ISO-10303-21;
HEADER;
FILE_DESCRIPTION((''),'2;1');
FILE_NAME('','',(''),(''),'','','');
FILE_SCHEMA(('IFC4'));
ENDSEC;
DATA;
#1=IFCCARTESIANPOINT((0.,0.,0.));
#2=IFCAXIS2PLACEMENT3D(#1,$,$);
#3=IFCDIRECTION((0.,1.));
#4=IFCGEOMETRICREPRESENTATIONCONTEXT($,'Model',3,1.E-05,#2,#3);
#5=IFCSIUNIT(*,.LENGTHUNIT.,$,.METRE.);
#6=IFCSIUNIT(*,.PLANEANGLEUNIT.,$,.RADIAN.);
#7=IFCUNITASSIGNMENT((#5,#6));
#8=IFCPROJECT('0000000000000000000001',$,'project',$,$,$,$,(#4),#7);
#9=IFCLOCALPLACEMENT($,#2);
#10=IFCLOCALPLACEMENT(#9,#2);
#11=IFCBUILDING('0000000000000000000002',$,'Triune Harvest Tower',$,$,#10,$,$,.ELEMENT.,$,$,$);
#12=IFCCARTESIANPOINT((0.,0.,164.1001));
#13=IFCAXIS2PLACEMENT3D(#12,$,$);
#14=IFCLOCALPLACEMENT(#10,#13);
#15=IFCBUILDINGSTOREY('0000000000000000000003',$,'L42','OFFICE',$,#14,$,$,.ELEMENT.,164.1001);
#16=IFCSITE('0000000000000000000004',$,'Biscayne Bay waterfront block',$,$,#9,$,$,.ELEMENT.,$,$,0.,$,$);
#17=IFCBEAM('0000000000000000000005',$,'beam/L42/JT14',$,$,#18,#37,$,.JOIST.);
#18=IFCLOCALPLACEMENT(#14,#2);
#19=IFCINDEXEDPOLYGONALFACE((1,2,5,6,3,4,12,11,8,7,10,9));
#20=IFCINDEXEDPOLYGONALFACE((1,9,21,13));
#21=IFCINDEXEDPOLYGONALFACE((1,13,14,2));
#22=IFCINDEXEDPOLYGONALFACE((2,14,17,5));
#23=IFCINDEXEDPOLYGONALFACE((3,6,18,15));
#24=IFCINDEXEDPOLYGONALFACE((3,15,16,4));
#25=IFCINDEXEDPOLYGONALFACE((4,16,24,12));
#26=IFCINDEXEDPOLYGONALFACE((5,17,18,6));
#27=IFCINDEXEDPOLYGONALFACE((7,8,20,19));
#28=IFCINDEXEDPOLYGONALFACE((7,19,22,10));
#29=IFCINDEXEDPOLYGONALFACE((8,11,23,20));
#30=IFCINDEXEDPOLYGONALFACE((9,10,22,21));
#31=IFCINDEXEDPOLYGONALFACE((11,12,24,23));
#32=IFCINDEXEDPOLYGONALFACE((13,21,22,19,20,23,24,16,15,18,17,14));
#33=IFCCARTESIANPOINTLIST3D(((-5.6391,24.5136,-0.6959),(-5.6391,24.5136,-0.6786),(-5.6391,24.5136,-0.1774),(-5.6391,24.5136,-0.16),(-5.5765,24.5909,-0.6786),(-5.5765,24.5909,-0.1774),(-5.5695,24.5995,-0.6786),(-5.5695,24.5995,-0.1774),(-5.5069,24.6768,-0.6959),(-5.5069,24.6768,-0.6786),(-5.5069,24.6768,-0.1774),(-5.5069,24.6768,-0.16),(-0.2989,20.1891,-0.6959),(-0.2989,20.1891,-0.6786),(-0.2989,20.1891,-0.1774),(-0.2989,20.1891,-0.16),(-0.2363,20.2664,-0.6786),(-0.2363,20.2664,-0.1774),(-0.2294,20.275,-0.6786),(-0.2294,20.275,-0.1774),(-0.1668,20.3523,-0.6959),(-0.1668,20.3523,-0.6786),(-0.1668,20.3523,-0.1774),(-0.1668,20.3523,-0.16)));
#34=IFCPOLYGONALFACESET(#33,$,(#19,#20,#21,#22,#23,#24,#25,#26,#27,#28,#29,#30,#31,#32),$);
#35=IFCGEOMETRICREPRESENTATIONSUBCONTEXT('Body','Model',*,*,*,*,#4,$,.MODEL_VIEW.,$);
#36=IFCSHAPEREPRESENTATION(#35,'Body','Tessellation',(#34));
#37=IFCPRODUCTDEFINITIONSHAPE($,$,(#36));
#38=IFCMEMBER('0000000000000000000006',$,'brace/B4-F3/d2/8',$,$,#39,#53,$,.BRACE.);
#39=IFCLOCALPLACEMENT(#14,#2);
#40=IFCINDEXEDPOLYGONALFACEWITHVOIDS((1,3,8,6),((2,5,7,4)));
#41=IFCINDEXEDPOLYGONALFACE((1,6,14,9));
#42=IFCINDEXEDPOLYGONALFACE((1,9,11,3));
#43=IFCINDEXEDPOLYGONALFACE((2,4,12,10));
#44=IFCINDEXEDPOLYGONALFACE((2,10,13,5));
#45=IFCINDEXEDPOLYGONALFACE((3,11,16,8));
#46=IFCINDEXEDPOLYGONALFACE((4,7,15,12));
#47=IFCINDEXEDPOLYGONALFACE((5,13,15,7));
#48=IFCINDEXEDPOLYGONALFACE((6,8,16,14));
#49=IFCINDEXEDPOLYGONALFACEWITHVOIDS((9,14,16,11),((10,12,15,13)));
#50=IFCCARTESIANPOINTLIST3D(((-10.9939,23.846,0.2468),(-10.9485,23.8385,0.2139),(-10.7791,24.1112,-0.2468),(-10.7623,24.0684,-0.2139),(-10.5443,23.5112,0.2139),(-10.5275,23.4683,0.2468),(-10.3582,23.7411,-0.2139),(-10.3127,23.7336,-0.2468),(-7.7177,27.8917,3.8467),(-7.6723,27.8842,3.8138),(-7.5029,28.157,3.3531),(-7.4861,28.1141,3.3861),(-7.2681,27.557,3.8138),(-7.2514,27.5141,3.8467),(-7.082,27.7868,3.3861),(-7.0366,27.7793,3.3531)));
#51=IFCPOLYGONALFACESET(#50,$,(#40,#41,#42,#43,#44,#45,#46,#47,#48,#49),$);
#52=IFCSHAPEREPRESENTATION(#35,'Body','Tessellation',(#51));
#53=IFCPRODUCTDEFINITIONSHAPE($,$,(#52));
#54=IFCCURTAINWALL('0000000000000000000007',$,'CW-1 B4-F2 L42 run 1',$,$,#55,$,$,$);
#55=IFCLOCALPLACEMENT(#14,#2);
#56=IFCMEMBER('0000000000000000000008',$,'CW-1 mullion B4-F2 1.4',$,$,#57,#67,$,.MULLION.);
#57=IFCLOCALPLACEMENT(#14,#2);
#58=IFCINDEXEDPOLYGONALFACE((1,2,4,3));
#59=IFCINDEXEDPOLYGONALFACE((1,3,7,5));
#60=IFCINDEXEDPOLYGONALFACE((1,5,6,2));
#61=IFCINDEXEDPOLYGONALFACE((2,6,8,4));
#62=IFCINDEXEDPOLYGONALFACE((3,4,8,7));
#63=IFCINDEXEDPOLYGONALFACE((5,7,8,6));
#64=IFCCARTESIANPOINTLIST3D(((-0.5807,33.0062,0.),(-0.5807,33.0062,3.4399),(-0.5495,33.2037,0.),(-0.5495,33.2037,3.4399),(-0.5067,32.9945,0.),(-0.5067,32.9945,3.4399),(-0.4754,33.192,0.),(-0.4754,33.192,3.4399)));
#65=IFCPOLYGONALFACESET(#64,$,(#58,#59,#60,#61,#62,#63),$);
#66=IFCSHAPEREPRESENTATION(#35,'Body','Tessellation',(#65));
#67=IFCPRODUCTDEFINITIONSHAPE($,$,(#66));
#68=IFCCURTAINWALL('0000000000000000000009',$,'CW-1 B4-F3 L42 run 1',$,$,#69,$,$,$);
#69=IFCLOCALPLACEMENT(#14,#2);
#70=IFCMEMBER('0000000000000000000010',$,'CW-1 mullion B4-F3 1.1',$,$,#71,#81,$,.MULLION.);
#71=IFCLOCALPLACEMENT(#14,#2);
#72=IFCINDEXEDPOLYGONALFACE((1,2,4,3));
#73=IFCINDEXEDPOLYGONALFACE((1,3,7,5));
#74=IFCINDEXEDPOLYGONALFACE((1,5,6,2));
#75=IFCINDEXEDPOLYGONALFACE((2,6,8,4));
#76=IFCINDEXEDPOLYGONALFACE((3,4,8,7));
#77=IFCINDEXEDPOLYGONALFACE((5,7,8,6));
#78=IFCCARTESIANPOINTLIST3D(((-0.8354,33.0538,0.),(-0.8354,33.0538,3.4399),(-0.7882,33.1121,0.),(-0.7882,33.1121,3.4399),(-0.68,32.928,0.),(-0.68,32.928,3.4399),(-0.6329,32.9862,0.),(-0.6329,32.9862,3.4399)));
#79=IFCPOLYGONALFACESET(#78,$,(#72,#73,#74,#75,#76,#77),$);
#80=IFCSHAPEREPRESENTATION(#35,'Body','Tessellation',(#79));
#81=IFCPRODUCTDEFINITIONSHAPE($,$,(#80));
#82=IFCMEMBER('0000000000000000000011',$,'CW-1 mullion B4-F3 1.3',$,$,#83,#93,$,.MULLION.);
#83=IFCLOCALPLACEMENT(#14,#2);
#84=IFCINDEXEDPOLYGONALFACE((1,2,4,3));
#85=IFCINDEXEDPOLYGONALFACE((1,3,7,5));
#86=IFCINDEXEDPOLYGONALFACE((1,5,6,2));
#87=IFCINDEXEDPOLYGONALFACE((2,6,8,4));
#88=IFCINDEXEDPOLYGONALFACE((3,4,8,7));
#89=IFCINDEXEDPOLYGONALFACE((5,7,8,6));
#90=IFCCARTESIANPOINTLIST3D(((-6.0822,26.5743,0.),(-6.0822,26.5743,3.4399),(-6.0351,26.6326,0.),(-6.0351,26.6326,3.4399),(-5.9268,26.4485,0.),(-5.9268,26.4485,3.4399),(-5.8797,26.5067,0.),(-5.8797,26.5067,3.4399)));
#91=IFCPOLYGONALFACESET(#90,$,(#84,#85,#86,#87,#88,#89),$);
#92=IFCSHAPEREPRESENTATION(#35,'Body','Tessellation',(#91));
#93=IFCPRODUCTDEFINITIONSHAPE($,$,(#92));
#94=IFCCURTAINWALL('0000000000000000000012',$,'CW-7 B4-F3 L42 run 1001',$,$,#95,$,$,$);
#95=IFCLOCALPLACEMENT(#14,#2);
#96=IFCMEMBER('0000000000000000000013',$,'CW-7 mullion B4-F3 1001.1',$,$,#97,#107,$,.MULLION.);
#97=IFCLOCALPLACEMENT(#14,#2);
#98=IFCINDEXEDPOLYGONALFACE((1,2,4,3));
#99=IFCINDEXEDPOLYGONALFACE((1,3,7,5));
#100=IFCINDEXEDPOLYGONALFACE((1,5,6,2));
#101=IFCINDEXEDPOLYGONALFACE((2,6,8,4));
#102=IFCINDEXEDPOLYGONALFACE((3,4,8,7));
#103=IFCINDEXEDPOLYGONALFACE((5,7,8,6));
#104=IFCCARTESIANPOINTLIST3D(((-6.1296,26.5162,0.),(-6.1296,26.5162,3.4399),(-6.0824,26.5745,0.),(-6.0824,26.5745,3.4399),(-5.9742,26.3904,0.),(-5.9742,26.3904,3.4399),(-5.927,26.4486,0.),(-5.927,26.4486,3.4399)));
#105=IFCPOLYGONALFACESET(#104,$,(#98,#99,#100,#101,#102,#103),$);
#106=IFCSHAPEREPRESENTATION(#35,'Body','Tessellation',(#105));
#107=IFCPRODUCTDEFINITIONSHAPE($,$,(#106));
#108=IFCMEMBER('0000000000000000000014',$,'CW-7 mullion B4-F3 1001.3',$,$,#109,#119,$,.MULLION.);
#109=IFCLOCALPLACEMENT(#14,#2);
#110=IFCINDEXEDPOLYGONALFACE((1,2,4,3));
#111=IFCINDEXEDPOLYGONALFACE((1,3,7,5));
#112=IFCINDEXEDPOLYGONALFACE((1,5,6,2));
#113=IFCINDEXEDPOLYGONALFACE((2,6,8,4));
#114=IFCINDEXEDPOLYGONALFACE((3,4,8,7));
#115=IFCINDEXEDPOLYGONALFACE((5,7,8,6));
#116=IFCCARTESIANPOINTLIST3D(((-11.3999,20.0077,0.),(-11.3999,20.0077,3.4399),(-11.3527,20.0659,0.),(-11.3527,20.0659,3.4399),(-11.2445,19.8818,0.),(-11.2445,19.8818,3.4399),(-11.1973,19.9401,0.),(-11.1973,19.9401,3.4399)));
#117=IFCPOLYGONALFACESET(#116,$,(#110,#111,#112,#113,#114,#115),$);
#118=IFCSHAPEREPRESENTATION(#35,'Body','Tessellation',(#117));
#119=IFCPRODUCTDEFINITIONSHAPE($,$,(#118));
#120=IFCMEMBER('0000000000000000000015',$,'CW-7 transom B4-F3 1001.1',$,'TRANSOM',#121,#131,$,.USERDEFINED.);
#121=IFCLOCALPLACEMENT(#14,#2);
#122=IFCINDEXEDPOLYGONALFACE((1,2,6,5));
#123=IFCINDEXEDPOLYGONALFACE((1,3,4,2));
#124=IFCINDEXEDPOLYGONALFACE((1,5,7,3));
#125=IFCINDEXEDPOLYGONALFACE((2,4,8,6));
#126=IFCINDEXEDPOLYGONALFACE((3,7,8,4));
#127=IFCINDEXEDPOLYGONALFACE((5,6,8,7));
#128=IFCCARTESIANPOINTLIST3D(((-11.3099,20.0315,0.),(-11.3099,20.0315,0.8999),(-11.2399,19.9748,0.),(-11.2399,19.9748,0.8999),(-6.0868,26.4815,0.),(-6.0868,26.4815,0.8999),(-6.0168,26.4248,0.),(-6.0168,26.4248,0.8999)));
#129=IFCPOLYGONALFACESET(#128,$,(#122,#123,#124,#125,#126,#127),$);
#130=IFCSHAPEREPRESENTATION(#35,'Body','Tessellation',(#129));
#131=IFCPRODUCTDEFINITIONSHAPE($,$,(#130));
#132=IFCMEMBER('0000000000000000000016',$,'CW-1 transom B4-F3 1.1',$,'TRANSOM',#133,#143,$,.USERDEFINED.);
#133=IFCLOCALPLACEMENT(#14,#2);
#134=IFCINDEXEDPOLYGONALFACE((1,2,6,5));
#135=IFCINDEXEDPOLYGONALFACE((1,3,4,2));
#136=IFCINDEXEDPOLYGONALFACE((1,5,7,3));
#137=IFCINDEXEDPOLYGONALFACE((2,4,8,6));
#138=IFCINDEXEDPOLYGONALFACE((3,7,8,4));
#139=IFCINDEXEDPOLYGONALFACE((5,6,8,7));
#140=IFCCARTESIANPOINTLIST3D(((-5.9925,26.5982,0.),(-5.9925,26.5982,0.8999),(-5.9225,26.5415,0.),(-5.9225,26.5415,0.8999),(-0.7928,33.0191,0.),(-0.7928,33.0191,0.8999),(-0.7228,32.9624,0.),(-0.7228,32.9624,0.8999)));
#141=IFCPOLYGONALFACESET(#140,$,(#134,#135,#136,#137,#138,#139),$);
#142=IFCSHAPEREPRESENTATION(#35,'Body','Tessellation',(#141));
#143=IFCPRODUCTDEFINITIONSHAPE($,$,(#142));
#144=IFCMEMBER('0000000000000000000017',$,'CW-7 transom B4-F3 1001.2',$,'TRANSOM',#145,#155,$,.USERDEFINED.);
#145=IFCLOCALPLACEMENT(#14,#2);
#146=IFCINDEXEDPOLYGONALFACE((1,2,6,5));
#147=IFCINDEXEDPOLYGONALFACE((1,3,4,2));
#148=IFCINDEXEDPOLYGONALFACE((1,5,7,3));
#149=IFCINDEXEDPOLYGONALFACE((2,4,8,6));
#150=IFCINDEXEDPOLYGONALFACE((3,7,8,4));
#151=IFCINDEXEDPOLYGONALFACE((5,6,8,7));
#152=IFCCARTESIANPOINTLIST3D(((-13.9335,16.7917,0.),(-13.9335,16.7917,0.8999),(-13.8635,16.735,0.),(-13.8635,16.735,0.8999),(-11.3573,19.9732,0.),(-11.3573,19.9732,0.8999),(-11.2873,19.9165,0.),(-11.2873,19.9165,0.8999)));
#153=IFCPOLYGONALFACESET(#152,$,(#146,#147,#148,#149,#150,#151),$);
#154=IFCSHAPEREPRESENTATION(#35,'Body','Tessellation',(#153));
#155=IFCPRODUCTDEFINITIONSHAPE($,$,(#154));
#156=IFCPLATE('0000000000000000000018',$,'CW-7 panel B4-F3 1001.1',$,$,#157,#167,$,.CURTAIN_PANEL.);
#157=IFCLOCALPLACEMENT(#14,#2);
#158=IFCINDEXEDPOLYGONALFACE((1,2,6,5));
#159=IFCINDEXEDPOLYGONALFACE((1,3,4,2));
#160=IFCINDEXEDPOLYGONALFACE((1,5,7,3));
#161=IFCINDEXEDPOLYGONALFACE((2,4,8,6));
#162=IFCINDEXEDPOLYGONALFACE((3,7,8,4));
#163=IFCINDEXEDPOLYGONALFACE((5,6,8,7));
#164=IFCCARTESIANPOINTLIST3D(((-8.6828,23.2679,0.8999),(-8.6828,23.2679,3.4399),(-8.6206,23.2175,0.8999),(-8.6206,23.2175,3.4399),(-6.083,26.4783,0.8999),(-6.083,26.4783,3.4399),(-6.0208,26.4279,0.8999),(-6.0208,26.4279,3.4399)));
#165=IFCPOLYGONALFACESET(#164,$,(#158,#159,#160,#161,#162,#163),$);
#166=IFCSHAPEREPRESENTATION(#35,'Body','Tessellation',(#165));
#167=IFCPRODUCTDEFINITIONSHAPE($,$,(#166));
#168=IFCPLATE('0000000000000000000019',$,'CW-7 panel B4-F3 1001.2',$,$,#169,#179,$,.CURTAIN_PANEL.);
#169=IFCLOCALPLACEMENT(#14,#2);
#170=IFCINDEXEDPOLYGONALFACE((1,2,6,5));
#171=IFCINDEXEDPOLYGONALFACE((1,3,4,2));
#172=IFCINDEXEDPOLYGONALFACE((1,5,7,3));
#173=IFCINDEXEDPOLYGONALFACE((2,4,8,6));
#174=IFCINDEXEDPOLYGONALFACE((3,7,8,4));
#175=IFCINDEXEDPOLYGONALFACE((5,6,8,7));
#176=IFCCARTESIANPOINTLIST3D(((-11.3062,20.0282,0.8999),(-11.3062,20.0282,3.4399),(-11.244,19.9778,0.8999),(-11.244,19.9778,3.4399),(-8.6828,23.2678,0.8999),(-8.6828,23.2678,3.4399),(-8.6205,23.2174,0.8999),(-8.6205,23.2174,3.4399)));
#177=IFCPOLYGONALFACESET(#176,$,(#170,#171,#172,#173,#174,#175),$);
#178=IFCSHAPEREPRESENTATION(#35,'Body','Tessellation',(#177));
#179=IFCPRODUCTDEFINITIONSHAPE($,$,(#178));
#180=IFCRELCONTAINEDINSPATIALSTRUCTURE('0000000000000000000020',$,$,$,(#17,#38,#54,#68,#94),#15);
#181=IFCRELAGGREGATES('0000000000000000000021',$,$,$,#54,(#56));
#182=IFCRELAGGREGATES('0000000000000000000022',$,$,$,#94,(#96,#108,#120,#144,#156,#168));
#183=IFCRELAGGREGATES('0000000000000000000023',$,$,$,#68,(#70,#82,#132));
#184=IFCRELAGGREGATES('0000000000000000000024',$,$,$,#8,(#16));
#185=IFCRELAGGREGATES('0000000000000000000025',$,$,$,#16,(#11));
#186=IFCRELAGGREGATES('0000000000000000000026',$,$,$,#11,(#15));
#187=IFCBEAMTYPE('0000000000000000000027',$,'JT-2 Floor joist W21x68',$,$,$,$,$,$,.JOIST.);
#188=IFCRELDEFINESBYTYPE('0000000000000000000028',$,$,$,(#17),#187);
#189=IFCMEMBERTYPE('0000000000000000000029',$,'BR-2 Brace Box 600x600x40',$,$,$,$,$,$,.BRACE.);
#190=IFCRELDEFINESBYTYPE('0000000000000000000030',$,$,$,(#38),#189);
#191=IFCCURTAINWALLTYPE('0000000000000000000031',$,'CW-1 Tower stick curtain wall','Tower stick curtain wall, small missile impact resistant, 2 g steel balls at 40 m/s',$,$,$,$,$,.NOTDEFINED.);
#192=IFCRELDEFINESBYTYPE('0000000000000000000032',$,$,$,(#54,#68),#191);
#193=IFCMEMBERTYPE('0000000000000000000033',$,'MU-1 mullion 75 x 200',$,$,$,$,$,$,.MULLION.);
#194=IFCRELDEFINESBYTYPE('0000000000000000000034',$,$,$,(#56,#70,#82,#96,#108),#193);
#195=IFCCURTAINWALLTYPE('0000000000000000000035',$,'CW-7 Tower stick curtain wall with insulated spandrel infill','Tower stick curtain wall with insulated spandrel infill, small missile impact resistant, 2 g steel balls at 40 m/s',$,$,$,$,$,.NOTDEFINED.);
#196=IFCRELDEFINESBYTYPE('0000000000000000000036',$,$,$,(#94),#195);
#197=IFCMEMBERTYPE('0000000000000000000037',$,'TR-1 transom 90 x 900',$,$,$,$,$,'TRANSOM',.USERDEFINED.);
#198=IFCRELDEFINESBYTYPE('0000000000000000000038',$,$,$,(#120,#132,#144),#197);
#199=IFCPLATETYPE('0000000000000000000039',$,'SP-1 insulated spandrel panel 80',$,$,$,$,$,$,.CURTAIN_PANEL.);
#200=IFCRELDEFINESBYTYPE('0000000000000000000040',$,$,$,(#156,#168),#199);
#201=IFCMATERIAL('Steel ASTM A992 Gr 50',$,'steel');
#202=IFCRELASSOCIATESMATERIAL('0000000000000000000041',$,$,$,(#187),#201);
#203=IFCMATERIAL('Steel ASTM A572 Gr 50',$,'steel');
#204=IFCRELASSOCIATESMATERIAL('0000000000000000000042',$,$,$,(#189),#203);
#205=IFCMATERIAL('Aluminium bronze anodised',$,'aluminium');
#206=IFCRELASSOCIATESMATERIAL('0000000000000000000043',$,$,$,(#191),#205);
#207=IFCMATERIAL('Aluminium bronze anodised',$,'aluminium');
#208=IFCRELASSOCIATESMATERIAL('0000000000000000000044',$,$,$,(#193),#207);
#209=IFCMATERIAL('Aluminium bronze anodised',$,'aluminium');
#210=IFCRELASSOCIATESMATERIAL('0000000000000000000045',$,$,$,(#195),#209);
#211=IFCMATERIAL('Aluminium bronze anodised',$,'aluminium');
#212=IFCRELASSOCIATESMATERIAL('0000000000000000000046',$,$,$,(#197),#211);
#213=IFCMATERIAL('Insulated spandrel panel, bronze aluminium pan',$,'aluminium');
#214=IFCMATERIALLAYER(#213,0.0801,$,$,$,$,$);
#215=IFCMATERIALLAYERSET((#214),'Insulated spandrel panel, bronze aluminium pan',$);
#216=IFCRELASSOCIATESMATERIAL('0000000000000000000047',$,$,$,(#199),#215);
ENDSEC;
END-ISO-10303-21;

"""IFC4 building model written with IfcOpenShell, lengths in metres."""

from ifc_helpers import new_model, si_unit, direction, frame, origin, origin_2d, place, context, subcontext, project, spatial, rectangle, hollow_rectangle, i_section, extrude, source, transform, mapped, material, layer, layer_set, material_profile, profile_set, type_object, element, aggregate, save


model = new_model("IFC4")

# Units and contexts
model_context = context("Model", 3, precision=1e-05, world=origin(), true_north=direction((0.0, 1.0)))
body_context = subcontext(model_context, "Body", "Model", "MODEL_VIEW")
ifc_project = project(units=[si_unit("LENGTHUNIT", "METRE"), si_unit("PLANEANGLEUNIT", "RADIAN")], contexts=[model_context])

# Site, building, storey
site_placement = place(None, origin())
site = spatial("IfcSite", under=ifc_project, at=site_placement, Name="Biscayne Bay waterfront block", CompositionType="ELEMENT", RefElevation=0.0)
building_placement = place(site_placement, origin())
building = spatial("IfcBuilding", under=site, at=building_placement, Name="Triune Harvest Tower", CompositionType="ELEMENT")
storey_placement = place(building_placement, frame((0.0, 0.0, 164.1001)))
storey = spatial("IfcBuildingStorey", under=building, at=storey_placement, Name="L42", Description="OFFICE", CompositionType="ELEMENT", Elevation=164.1001)

# Beam
ifc_material_1 = material(Name="Steel ASTM A992 Gr 50", Category="steel")
ifc_material_profile_1 = material_profile(ifc_material_1, i_section(OverallWidth=0.21, OverallDepth=0.5359, WebThickness=0.011, FlangeThickness=0.0173, at=origin_2d()), Name="W21x68")
ifc_profile_set_1 = profile_set([ifc_material_profile_1], Name="Steel ASTM A992 Gr 50")
beam_type_1 = type_object("IfcBeamType", Name="JT-2 Floor joist W21x68", PredefinedType="JOIST", material=ifc_profile_set_1)
shared_shape_1 = source(origin(), body_context, "Body", "SweptSolid", [
    extrude(i_section(OverallWidth=0.21, OverallDepth=0.5359, WebThickness=0.011, FlangeThickness=0.0173, at=origin_2d()), origin(), (0.0, 0.0, 1.0), 6.8716),
])
beam_1_placement = place(storey_placement, frame((-5.573, 24.5952, -0.428), z_axis=(0.777136, -0.629333, 0.0), x_axis=(0.629333, 0.777136, 0.0)))
element("IfcBeam", 1, at=beam_1_placement, inside=storey, type_object=beam_type_1, Name="beam/L42/JT14", PredefinedType="JOIST", context=body_context, shape_type="MappedRepresentation", body=[
    mapped(shared_shape_1, transform((0.0, 0.0, 0.0), scale=1.0)),
])

# Member
ifc_material_2 = material(Name="Steel ASTM A572 Gr 50", Category="steel")
ifc_material_profile_2 = material_profile(ifc_material_2, hollow_rectangle(XDim=0.6001, YDim=0.6001, WallThickness=0.04, at=origin_2d()), Name="Box 600x600x40")
ifc_profile_set_2 = profile_set([ifc_material_profile_2], Name="Steel ASTM A572 Gr 50")
member_type_1 = type_object("IfcMemberType", Name="BR-2 Brace Box 600x600x40", PredefinedType="BRACE", material=ifc_profile_set_2)
shared_shape_2 = source(origin(), body_context, "Body", "SweptSolid", [
    extrude(hollow_rectangle(XDim=0.6001, YDim=0.6001, WallThickness=0.04, at=origin_2d()), origin(), (0.0, 0.0, 1.0), 6.3293),
])
member_1_placement = place(storey_placement, frame((-10.6533, 23.7898, 0.0), z_axis=(0.517617, 0.639201, 0.568766), x_axis=(-0.777144, 0.629322, 0.0)))
element("IfcMember", 2, at=member_1_placement, inside=storey, type_object=member_type_1, Name="brace/B4-F3/d2/8", PredefinedType="BRACE", context=body_context, shape_type="MappedRepresentation", body=[
    mapped(shared_shape_2, transform((0.0, 0.0, 0.0), scale=1.0)),
])

# Curtain wall, member
ifc_material_3 = material(Name="Aluminium bronze anodised", Category="aluminium")
curtain_wall_type_1 = type_object("IfcCurtainWallType", Name="CW-1 Tower stick curtain wall", Description="Tower stick curtain wall, small missile impact resistant, 2 g steel balls at 40 m/s", PredefinedType="NOTDEFINED", material=ifc_material_3)
curtain_wall_1_placement = place(storey_placement, origin())
curtain_wall_1 = element("IfcCurtainWall", 3, at=curtain_wall_1_placement, inside=storey, type_object=curtain_wall_type_1, Name="CW-1 B4-F2 L42 run 1")
ifc_material_4 = material(Name="Aluminium bronze anodised", Category="aluminium")
ifc_material_profile_3 = material_profile(ifc_material_4, rectangle(XDim=0.2, YDim=0.075, at=origin_2d()), Name="MU-1 mullion 75 x 200")
ifc_profile_set_3 = profile_set([ifc_material_profile_3], Name="Aluminium bronze anodised")
member_type_2 = type_object("IfcMemberType", Name="MU-1 mullion 75 x 200", PredefinedType="MULLION", material=ifc_profile_set_3)
shared_shape_3 = source(origin(), body_context, "Body", "SweptSolid", [
    extrude(rectangle(XDim=0.2, YDim=0.075, at=origin_2d()), origin(), (0.0, 0.0, 1.0), 3.4399),
])
member_2_placement = place(storey_placement, frame((-0.5281, 33.0991, 0.0), z_axis=(0.0, 0.0, 1.0), x_axis=(-0.156433, -0.987689, 0.0)))
member_2 = element("IfcMember", 4, at=member_2_placement, type_object=member_type_2, Name="CW-1 mullion B4-F2 1.4", PredefinedType="MULLION", context=body_context, shape_type="MappedRepresentation", body=[
    mapped(shared_shape_3, transform((0.0, 0.0, 0.0), scale=1.0)),
])
aggregate(curtain_wall_1, [member_2])

# Curtain walls, members
curtain_wall_2_placement = place(storey_placement, origin())
curtain_wall_2 = element("IfcCurtainWall", 5, at=curtain_wall_2_placement, inside=storey, type_object=curtain_wall_type_1, Name="CW-1 B4-F3 L42 run 1")
member_3_placement = place(storey_placement, frame((-0.7341, 33.02, 0.0), z_axis=(0.0, 0.0, 1.0), x_axis=(0.777143, -0.629324, 0.0)))
member_3 = element("IfcMember", 6, at=member_3_placement, type_object=member_type_2, Name="CW-1 mullion B4-F3 1.1", PredefinedType="MULLION", context=body_context, shape_type="MappedRepresentation", body=[
    mapped(shared_shape_3, transform((0.0, 0.0, 0.0), scale=1.0)),
])
member_4_placement = place(storey_placement, frame((-5.981, 26.5405, 0.0), z_axis=(0.0, 0.0, 1.0), x_axis=(0.777143, -0.629324, 0.0)))
member_4 = element("IfcMember", 7, at=member_4_placement, type_object=member_type_2, Name="CW-1 mullion B4-F3 1.3", PredefinedType="MULLION", context=body_context, shape_type="MappedRepresentation", body=[
    mapped(shared_shape_3, transform((0.0, 0.0, 0.0), scale=1.0)),
])
ifc_material_5 = material(Name="Aluminium bronze anodised", Category="aluminium")
curtain_wall_type_2 = type_object("IfcCurtainWallType", Name="CW-7 Tower stick curtain wall with insulated spandrel infill", Description="Tower stick curtain wall with insulated spandrel infill, small missile impact resistant, 2 g steel balls at 40 m/s", PredefinedType="NOTDEFINED", material=ifc_material_5)
curtain_wall_3_placement = place(storey_placement, origin())
curtain_wall_3 = element("IfcCurtainWall", 8, at=curtain_wall_3_placement, inside=storey, type_object=curtain_wall_type_2, Name="CW-7 B4-F3 L42 run 1001")
member_5_placement = place(storey_placement, frame((-6.0283, 26.4824, 0.0), z_axis=(0.0, 0.0, 1.0), x_axis=(0.777145, -0.629321, 0.0)))
member_5 = element("IfcMember", 9, at=member_5_placement, type_object=member_type_2, Name="CW-7 mullion B4-F3 1001.1", PredefinedType="MULLION", context=body_context, shape_type="MappedRepresentation", body=[
    mapped(shared_shape_3, transform((0.0, 0.0, 0.0), scale=1.0)),
])
member_6_placement = place(storey_placement, frame((-11.2986, 19.9739, 0.0), z_axis=(0.0, 0.0, 1.0), x_axis=(0.777145, -0.629321, 0.0)))
member_6 = element("IfcMember", 10, at=member_6_placement, type_object=member_type_2, Name="CW-7 mullion B4-F3 1001.3", PredefinedType="MULLION", context=body_context, shape_type="MappedRepresentation", body=[
    mapped(shared_shape_3, transform((0.0, 0.0, 0.0), scale=1.0)),
])
ifc_material_6 = material(Name="Aluminium bronze anodised", Category="aluminium")
ifc_material_profile_4 = material_profile(ifc_material_6, rectangle(XDim=0.0901, YDim=0.8999, at=origin_2d()), Name="TR-1 transom 90 x 900")
ifc_profile_set_4 = profile_set([ifc_material_profile_4], Name="Aluminium bronze anodised")
member_type_3 = type_object("IfcMemberType", Name="TR-1 transom 90 x 900", ElementType="TRANSOM", PredefinedType="USERDEFINED", material=ifc_profile_set_4)
shared_shape_4 = source(origin(), body_context, "Body", "SweptSolid", [
    extrude(rectangle(XDim=0.0901, YDim=0.8999, at=origin_2d()), origin(), (0.0, 0.0, 1.0), 8.2996),
])
member_7_placement = place(storey_placement, frame((-6.0518, 26.4531, 0.45), z_axis=(-0.629326, -0.777141, 0.0), x_axis=(0.777141, -0.629326, 0.0)))
member_7 = element("IfcMember", 11, at=member_7_placement, type_object=member_type_3, Name="CW-7 transom B4-F3 1001.1", ObjectType="TRANSOM", PredefinedType="USERDEFINED", context=body_context, shape_type="MappedRepresentation", body=[
    mapped(shared_shape_4, transform((0.0, 0.0, 0.0), scale=1.0)),
])

# Members
shared_shape_5 = source(origin(), body_context, "Body", "SweptSolid", [
    extrude(rectangle(XDim=0.0901, YDim=0.8999, at=origin_2d()), origin(), (0.0, 0.0, 1.0), 8.2622),
])
member_8_placement = place(storey_placement, frame((-0.7578, 32.9907, 0.45), z_axis=(-0.629333, -0.777136, 0.0), x_axis=(0.777136, -0.629333, 0.0)))
member_8 = element("IfcMember", 12, at=member_8_placement, type_object=member_type_3, Name="CW-1 transom B4-F3 1.1", ObjectType="TRANSOM", PredefinedType="USERDEFINED", context=body_context, shape_type="MappedRepresentation", body=[
    mapped(shared_shape_5, transform((0.0, 0.0, 0.0), scale=1.0)),
])
shared_shape_6 = source(origin(), body_context, "Body", "SweptSolid", [
    extrude(rectangle(XDim=0.0901, YDim=0.8999, at=origin_2d()), origin(), (0.0, 0.0, 1.0), 4.0938),
])
member_9_placement = place(storey_placement, frame((-11.3223, 19.9448, 0.45), z_axis=(-0.62931, -0.777155, 0.0), x_axis=(0.777155, -0.62931, 0.0)))
member_9 = element("IfcMember", 13, at=member_9_placement, type_object=member_type_3, Name="CW-7 transom B4-F3 1001.2", ObjectType="TRANSOM", PredefinedType="USERDEFINED", context=body_context, shape_type="MappedRepresentation", body=[
    mapped(shared_shape_6, transform((0.0, 0.0, 0.0), scale=1.0)),
])

# Plates
ifc_material_7 = material(Name="Insulated spandrel panel, bronze aluminium pan", Category="aluminium")
ifc_layer_1 = layer(ifc_material_7, 0.0801)
ifc_layer_set_1 = layer_set([ifc_layer_1], Name="Insulated spandrel panel, bronze aluminium pan")
plate_type_1 = type_object("IfcPlateType", Name="SP-1 insulated spandrel panel 80", PredefinedType="CURTAIN_PANEL", material=ifc_layer_set_1)
shared_shape_7 = source(origin(), body_context, "Body", "SweptSolid", [
    extrude(rectangle(XDim=4.1311, YDim=0.0801, at=origin_2d()), origin(), (0.0, 0.0, 1.0), 2.54),
])
plate_1_placement = place(storey_placement, frame((-7.3518, 24.8479, 0.8999), z_axis=(0.0, 0.0, 1.0), x_axis=(-0.629321, -0.777145, 0.0)))
plate_1 = element("IfcPlate", 14, at=plate_1_placement, type_object=plate_type_1, Name="CW-7 panel B4-F3 1001.1", PredefinedType="CURTAIN_PANEL", context=body_context, shape_type="MappedRepresentation", body=[
    mapped(shared_shape_7, transform((0.0, 0.0, 0.0), scale=1.0)),
])
shared_shape_8 = source(origin(), body_context, "Body", "SweptSolid", [
    extrude(rectangle(XDim=4.1687, YDim=0.0801, at=origin_2d()), origin(), (0.0, 0.0, 1.0), 2.54),
])
plate_2_placement = place(storey_placement, frame((-9.9634, 21.6228, 0.8999), z_axis=(0.0, 0.0, 1.0), x_axis=(-0.629321, -0.777145, 0.0)))
plate_2 = element("IfcPlate", 15, at=plate_2_placement, type_object=plate_type_1, Name="CW-7 panel B4-F3 1001.2", PredefinedType="CURTAIN_PANEL", context=body_context, shape_type="MappedRepresentation", body=[
    mapped(shared_shape_8, transform((0.0, 0.0, 0.0), scale=1.0)),
])
aggregate(curtain_wall_3, [member_5, member_6, member_7, member_9, plate_1, plate_2])
aggregate(curtain_wall_2, [member_3, member_4, member_8])

save(model, "model.ifc")
